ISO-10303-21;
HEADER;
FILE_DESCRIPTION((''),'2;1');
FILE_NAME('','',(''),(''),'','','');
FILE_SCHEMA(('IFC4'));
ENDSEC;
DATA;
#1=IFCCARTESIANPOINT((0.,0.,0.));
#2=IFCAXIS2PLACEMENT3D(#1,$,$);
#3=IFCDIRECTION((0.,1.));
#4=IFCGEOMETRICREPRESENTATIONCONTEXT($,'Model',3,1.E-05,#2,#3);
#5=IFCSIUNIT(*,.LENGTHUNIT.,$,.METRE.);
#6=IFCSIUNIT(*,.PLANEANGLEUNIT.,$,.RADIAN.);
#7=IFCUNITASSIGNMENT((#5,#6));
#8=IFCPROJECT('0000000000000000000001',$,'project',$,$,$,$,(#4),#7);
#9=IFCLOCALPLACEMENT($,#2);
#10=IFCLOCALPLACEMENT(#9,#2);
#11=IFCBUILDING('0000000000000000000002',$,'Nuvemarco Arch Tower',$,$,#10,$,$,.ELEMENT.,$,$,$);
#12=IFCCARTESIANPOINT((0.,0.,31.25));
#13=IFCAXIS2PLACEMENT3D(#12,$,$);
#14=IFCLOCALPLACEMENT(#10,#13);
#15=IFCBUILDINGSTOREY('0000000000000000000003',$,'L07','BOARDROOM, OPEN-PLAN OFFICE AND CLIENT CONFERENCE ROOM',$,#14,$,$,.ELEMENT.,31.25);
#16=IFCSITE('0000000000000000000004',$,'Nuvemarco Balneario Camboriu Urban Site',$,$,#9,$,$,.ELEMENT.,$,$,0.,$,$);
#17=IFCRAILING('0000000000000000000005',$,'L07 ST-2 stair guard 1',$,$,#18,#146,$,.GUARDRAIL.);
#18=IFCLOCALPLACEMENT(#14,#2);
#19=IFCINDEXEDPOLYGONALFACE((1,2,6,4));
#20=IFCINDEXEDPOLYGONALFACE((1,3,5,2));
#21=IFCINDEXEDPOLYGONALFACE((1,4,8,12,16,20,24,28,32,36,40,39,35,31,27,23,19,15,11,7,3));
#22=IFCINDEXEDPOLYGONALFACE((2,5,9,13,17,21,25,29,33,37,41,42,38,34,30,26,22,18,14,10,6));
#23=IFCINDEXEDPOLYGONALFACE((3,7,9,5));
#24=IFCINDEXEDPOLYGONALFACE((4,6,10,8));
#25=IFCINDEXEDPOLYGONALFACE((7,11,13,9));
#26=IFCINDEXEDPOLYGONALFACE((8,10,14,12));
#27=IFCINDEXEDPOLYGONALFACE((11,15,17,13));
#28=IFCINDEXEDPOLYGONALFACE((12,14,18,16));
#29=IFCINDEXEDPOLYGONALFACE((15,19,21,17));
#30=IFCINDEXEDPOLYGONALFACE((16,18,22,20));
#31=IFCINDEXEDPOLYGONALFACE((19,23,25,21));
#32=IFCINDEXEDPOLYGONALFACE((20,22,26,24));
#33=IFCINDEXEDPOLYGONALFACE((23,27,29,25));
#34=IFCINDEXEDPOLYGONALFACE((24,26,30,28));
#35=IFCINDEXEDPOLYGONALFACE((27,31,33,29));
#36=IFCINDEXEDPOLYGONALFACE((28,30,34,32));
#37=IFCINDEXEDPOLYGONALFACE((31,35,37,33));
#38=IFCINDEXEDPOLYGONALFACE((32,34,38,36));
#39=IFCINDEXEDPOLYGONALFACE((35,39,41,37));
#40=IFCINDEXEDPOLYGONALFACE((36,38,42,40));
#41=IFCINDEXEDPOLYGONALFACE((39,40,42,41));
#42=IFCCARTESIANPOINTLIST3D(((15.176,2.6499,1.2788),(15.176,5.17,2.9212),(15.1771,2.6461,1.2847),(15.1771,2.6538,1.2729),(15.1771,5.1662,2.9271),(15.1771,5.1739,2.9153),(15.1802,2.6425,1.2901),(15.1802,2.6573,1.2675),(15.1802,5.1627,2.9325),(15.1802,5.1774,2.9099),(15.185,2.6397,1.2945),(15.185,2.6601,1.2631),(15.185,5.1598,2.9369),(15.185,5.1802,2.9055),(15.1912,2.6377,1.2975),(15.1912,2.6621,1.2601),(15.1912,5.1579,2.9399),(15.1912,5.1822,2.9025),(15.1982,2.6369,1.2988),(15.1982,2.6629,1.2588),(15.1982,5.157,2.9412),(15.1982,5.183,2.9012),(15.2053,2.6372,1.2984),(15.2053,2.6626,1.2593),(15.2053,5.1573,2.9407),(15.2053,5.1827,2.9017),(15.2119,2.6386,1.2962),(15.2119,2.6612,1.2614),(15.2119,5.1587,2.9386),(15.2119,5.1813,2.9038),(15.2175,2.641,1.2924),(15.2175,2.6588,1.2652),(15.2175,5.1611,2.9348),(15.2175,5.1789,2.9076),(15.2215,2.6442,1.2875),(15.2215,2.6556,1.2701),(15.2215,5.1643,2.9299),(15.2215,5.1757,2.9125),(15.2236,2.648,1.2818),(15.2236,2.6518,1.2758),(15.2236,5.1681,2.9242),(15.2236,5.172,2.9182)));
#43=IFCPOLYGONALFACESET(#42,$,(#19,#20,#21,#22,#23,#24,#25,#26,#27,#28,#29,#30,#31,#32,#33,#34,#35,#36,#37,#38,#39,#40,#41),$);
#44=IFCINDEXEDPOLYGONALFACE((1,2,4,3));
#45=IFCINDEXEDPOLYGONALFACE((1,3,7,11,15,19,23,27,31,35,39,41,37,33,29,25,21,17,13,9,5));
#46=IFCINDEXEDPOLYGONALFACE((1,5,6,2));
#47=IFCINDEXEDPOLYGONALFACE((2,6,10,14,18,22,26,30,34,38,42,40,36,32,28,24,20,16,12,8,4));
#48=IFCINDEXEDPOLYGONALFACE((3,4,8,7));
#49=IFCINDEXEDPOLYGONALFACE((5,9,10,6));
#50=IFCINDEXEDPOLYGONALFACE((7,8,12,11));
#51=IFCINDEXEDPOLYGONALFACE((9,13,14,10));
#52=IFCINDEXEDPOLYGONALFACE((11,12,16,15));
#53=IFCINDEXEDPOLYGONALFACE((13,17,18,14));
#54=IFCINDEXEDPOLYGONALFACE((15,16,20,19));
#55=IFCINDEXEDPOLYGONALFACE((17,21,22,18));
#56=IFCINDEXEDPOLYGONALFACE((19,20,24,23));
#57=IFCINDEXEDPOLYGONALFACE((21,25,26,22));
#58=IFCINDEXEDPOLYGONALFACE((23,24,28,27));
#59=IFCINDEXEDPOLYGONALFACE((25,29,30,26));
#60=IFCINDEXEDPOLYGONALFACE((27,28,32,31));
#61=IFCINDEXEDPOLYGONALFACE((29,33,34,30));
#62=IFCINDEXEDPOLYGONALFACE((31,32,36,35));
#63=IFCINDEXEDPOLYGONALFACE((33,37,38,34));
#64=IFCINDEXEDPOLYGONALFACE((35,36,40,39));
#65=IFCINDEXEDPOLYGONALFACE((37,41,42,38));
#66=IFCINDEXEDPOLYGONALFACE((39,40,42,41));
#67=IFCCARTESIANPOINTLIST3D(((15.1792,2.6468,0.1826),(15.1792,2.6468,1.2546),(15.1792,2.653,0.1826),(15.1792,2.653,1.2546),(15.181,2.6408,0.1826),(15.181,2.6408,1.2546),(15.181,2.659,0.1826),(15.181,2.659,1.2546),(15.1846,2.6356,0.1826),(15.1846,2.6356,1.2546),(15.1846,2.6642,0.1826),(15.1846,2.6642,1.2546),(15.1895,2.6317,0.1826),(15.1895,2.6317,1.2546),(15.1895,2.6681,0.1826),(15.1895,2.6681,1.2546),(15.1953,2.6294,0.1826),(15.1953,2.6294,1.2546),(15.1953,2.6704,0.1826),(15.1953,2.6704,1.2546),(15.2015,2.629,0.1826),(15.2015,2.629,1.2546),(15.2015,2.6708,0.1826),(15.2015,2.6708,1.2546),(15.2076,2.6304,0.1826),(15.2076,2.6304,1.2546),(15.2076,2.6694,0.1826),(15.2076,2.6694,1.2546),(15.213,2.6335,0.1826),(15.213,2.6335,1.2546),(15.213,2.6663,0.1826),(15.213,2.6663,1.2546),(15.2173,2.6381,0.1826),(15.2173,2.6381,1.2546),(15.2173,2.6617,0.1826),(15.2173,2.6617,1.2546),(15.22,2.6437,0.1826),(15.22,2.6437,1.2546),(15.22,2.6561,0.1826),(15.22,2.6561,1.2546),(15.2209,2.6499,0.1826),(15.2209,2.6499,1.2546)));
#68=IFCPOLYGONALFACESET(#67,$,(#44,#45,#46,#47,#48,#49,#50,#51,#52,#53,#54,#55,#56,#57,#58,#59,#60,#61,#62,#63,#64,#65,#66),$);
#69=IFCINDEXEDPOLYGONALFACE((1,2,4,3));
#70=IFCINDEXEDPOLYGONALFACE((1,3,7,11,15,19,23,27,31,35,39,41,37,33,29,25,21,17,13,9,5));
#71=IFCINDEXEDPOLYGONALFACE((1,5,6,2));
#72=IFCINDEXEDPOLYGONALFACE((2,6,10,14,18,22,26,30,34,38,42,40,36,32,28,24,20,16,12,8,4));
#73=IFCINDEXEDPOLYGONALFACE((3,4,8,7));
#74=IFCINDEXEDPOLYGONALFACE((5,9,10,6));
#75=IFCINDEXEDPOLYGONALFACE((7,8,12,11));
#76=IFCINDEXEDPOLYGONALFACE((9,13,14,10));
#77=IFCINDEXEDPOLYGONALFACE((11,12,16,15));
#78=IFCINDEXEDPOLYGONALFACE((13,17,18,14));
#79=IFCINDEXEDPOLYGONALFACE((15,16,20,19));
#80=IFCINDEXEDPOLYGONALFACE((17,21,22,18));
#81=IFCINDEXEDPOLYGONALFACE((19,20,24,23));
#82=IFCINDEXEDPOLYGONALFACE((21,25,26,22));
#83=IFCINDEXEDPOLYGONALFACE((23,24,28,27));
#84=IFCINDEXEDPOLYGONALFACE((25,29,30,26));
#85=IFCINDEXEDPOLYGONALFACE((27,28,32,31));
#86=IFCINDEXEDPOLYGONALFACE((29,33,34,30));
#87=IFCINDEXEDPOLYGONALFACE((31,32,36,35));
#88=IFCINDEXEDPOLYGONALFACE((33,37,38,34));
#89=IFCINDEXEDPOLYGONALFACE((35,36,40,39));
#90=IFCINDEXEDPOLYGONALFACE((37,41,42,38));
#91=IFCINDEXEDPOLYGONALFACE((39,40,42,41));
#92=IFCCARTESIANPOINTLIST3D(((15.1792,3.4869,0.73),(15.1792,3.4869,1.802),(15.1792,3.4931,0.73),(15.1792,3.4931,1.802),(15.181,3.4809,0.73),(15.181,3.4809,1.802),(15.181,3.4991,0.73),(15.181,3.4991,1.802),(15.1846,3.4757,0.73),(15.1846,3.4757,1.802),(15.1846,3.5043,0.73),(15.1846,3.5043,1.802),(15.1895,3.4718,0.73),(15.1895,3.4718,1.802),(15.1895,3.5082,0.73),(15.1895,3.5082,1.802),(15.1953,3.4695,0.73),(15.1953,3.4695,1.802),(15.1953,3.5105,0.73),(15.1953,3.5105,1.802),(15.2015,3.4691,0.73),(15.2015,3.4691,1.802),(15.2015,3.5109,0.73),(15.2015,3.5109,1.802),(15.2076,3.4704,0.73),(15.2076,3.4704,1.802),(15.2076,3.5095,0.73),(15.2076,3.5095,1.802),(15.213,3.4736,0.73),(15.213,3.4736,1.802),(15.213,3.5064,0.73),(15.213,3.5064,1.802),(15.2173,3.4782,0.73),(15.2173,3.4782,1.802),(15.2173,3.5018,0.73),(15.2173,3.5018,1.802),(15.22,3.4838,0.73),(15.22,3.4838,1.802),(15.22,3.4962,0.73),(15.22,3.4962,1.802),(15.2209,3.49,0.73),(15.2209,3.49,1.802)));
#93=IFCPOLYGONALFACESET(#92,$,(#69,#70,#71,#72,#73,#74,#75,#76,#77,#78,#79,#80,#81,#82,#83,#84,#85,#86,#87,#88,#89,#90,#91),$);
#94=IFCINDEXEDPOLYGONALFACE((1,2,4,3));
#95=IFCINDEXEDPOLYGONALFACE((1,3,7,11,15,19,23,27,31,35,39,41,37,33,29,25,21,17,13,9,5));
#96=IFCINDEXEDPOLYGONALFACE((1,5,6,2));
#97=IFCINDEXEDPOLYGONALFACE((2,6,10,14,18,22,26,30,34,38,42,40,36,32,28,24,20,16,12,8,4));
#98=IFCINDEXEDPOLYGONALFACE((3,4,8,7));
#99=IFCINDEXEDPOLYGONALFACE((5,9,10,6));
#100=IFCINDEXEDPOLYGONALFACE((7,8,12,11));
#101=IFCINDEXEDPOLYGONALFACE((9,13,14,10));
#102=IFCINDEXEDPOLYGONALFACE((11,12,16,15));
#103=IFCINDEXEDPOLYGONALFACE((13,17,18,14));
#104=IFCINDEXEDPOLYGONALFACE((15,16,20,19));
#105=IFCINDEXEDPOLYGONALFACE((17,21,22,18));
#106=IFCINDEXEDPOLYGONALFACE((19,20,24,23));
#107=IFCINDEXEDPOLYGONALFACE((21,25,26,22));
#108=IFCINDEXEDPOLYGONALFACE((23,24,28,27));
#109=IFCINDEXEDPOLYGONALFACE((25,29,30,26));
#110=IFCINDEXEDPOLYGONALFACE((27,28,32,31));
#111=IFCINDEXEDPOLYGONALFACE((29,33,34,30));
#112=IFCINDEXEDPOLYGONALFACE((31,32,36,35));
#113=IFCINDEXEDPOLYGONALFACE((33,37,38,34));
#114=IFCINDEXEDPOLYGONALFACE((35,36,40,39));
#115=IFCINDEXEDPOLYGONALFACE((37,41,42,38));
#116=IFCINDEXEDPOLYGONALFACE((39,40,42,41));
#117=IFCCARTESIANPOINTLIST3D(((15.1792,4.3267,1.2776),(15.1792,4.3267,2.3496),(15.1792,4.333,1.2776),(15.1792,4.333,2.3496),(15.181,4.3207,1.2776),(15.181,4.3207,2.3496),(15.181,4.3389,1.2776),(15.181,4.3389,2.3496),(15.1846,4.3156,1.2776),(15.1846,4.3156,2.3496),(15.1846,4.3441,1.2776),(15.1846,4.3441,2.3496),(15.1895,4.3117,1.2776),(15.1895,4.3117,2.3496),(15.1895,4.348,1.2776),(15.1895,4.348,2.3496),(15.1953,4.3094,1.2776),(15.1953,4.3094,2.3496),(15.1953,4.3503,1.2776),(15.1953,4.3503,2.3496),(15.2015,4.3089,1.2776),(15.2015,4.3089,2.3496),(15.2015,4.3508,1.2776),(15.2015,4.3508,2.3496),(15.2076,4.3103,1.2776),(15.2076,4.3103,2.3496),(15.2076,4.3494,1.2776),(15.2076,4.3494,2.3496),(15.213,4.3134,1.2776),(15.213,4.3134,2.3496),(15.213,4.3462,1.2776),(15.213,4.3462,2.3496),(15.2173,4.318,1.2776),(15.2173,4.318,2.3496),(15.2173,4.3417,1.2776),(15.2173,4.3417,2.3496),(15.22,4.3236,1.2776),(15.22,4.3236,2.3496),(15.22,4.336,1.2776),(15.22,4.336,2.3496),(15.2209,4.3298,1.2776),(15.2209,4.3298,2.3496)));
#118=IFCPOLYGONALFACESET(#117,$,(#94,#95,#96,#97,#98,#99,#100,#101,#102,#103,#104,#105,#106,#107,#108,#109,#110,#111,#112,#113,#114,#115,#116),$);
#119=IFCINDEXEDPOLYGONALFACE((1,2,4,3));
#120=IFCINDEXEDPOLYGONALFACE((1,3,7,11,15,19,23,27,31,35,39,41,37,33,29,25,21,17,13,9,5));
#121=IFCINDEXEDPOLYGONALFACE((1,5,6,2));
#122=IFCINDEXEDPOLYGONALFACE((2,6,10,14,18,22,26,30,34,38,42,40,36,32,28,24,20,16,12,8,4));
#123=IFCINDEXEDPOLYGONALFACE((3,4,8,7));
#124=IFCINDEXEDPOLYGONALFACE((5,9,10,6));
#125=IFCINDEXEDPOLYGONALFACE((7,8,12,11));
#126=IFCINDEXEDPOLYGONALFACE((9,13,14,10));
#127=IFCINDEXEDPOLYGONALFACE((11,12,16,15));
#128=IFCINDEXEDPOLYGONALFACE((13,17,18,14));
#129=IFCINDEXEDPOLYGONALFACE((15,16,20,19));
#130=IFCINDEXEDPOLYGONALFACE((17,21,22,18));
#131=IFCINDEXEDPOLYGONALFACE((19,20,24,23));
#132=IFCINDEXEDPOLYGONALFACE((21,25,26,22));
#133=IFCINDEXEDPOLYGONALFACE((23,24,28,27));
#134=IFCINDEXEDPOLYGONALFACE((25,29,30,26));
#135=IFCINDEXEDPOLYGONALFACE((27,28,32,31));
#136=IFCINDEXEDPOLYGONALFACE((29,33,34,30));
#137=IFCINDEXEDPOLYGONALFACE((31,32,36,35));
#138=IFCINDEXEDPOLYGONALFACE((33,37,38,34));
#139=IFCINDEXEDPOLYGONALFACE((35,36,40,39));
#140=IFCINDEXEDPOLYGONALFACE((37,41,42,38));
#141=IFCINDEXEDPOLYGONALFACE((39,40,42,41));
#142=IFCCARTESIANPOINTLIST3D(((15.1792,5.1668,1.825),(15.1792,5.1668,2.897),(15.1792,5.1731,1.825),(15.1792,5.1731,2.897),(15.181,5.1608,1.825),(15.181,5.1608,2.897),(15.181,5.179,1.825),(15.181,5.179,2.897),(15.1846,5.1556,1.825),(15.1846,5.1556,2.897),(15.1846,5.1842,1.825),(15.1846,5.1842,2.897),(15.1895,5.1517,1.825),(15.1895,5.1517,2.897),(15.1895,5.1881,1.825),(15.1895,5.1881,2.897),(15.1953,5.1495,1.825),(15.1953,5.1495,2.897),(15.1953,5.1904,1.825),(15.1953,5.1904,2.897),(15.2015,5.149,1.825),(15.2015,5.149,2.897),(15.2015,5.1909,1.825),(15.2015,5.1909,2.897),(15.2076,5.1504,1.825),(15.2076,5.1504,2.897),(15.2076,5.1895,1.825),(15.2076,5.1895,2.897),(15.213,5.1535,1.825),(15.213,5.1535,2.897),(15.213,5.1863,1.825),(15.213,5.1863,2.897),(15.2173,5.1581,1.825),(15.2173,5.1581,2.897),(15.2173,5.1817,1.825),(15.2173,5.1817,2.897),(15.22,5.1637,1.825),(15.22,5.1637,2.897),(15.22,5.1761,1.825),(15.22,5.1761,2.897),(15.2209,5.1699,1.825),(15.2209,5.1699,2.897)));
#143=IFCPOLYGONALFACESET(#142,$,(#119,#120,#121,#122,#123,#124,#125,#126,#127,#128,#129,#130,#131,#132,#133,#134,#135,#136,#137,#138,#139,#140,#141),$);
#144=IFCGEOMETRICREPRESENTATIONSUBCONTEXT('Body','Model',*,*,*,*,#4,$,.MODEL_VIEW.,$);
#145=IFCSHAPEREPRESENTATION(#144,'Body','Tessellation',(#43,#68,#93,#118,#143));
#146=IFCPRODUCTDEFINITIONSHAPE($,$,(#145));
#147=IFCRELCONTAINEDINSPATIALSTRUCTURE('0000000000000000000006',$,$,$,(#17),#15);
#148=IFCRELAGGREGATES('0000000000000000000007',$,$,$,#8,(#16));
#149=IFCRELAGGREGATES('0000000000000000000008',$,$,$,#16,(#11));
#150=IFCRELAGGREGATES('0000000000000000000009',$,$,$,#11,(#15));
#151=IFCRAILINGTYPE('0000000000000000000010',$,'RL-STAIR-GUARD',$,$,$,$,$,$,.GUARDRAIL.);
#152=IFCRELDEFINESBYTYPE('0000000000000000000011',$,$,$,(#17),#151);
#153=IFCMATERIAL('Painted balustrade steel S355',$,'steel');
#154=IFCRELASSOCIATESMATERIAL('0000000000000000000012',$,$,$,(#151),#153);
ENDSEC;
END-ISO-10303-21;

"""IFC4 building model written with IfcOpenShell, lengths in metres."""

from ifc_helpers import new_model, si_unit, direction, frame, origin, origin_2d, place, context, subcontext, project, spatial, circle, extrude, material, type_object, element, save


model = new_model("IFC4")

# Units and contexts
model_context = context("Model", 3, precision=1e-05, world=origin(), true_north=direction((0.0, 1.0)))
body_context = subcontext(model_context, "Body", "Model", "MODEL_VIEW")
ifc_project = project(units=[si_unit("LENGTHUNIT", "METRE"), si_unit("PLANEANGLEUNIT", "RADIAN")], contexts=[model_context])

# Site, building, storey
site_placement = place(None, origin())
site = spatial("IfcSite", under=ifc_project, at=site_placement, Name="Nuvemarco Balneario Camboriu Urban Site", CompositionType="ELEMENT", RefElevation=0.0)
building_placement = place(site_placement, origin())
building = spatial("IfcBuilding", under=site, at=building_placement, Name="Nuvemarco Arch Tower", CompositionType="ELEMENT")
storey_placement = place(building_placement, frame((0.0, 0.0, 31.25)))
storey = spatial("IfcBuildingStorey", under=building, at=storey_placement, Name="L07", Description="BOARDROOM, OPEN-PLAN OFFICE AND CLIENT CONFERENCE ROOM", CompositionType="ELEMENT", Elevation=31.25)

# Railing
ifc_material_1 = material(Name="Painted balustrade steel S355", Category="steel")
railing_type_1 = type_object("IfcRailingType", Name="RL-STAIR-GUARD", PredefinedType="GUARDRAIL", material=ifc_material_1)
railing_1_placement = place(storey_placement, frame((15.2, 2.6499, 0.1826)))
element("IfcRailing", 1, at=railing_1_placement, inside=storey, type_object=railing_type_1, Name="L07 ST-2 stair guard 1", PredefinedType="GUARDRAIL", context=body_context, shape_type="SweptSolid", body=[
    extrude(circle(Radius=0.0239, at=origin_2d()), frame((0.0, 0.0, 1.0962), z_axis=(0.0, 0.837787, 0.545998), x_axis=(-1.0, 0.0, 0.0)), (0.0, 0.0, 1.0), 3.0081),
    extrude(circle(Radius=0.021, at=origin_2d()), origin(), (0.0, 0.0, 1.0), 1.072),
    extrude(circle(Radius=0.021, at=origin_2d()), frame((0.0, 0.8401, 0.5474)), (0.0, 0.0, 1.0), 1.072),
    extrude(circle(Radius=0.021, at=origin_2d()), frame((0.0, 1.6799, 1.095)), (0.0, 0.0, 1.0), 1.072),
    extrude(circle(Radius=0.021, at=origin_2d()), frame((0.0, 2.52, 1.6423)), (0.0, 0.0, 1.0), 1.072),
])

save(model, "model.ifc")
